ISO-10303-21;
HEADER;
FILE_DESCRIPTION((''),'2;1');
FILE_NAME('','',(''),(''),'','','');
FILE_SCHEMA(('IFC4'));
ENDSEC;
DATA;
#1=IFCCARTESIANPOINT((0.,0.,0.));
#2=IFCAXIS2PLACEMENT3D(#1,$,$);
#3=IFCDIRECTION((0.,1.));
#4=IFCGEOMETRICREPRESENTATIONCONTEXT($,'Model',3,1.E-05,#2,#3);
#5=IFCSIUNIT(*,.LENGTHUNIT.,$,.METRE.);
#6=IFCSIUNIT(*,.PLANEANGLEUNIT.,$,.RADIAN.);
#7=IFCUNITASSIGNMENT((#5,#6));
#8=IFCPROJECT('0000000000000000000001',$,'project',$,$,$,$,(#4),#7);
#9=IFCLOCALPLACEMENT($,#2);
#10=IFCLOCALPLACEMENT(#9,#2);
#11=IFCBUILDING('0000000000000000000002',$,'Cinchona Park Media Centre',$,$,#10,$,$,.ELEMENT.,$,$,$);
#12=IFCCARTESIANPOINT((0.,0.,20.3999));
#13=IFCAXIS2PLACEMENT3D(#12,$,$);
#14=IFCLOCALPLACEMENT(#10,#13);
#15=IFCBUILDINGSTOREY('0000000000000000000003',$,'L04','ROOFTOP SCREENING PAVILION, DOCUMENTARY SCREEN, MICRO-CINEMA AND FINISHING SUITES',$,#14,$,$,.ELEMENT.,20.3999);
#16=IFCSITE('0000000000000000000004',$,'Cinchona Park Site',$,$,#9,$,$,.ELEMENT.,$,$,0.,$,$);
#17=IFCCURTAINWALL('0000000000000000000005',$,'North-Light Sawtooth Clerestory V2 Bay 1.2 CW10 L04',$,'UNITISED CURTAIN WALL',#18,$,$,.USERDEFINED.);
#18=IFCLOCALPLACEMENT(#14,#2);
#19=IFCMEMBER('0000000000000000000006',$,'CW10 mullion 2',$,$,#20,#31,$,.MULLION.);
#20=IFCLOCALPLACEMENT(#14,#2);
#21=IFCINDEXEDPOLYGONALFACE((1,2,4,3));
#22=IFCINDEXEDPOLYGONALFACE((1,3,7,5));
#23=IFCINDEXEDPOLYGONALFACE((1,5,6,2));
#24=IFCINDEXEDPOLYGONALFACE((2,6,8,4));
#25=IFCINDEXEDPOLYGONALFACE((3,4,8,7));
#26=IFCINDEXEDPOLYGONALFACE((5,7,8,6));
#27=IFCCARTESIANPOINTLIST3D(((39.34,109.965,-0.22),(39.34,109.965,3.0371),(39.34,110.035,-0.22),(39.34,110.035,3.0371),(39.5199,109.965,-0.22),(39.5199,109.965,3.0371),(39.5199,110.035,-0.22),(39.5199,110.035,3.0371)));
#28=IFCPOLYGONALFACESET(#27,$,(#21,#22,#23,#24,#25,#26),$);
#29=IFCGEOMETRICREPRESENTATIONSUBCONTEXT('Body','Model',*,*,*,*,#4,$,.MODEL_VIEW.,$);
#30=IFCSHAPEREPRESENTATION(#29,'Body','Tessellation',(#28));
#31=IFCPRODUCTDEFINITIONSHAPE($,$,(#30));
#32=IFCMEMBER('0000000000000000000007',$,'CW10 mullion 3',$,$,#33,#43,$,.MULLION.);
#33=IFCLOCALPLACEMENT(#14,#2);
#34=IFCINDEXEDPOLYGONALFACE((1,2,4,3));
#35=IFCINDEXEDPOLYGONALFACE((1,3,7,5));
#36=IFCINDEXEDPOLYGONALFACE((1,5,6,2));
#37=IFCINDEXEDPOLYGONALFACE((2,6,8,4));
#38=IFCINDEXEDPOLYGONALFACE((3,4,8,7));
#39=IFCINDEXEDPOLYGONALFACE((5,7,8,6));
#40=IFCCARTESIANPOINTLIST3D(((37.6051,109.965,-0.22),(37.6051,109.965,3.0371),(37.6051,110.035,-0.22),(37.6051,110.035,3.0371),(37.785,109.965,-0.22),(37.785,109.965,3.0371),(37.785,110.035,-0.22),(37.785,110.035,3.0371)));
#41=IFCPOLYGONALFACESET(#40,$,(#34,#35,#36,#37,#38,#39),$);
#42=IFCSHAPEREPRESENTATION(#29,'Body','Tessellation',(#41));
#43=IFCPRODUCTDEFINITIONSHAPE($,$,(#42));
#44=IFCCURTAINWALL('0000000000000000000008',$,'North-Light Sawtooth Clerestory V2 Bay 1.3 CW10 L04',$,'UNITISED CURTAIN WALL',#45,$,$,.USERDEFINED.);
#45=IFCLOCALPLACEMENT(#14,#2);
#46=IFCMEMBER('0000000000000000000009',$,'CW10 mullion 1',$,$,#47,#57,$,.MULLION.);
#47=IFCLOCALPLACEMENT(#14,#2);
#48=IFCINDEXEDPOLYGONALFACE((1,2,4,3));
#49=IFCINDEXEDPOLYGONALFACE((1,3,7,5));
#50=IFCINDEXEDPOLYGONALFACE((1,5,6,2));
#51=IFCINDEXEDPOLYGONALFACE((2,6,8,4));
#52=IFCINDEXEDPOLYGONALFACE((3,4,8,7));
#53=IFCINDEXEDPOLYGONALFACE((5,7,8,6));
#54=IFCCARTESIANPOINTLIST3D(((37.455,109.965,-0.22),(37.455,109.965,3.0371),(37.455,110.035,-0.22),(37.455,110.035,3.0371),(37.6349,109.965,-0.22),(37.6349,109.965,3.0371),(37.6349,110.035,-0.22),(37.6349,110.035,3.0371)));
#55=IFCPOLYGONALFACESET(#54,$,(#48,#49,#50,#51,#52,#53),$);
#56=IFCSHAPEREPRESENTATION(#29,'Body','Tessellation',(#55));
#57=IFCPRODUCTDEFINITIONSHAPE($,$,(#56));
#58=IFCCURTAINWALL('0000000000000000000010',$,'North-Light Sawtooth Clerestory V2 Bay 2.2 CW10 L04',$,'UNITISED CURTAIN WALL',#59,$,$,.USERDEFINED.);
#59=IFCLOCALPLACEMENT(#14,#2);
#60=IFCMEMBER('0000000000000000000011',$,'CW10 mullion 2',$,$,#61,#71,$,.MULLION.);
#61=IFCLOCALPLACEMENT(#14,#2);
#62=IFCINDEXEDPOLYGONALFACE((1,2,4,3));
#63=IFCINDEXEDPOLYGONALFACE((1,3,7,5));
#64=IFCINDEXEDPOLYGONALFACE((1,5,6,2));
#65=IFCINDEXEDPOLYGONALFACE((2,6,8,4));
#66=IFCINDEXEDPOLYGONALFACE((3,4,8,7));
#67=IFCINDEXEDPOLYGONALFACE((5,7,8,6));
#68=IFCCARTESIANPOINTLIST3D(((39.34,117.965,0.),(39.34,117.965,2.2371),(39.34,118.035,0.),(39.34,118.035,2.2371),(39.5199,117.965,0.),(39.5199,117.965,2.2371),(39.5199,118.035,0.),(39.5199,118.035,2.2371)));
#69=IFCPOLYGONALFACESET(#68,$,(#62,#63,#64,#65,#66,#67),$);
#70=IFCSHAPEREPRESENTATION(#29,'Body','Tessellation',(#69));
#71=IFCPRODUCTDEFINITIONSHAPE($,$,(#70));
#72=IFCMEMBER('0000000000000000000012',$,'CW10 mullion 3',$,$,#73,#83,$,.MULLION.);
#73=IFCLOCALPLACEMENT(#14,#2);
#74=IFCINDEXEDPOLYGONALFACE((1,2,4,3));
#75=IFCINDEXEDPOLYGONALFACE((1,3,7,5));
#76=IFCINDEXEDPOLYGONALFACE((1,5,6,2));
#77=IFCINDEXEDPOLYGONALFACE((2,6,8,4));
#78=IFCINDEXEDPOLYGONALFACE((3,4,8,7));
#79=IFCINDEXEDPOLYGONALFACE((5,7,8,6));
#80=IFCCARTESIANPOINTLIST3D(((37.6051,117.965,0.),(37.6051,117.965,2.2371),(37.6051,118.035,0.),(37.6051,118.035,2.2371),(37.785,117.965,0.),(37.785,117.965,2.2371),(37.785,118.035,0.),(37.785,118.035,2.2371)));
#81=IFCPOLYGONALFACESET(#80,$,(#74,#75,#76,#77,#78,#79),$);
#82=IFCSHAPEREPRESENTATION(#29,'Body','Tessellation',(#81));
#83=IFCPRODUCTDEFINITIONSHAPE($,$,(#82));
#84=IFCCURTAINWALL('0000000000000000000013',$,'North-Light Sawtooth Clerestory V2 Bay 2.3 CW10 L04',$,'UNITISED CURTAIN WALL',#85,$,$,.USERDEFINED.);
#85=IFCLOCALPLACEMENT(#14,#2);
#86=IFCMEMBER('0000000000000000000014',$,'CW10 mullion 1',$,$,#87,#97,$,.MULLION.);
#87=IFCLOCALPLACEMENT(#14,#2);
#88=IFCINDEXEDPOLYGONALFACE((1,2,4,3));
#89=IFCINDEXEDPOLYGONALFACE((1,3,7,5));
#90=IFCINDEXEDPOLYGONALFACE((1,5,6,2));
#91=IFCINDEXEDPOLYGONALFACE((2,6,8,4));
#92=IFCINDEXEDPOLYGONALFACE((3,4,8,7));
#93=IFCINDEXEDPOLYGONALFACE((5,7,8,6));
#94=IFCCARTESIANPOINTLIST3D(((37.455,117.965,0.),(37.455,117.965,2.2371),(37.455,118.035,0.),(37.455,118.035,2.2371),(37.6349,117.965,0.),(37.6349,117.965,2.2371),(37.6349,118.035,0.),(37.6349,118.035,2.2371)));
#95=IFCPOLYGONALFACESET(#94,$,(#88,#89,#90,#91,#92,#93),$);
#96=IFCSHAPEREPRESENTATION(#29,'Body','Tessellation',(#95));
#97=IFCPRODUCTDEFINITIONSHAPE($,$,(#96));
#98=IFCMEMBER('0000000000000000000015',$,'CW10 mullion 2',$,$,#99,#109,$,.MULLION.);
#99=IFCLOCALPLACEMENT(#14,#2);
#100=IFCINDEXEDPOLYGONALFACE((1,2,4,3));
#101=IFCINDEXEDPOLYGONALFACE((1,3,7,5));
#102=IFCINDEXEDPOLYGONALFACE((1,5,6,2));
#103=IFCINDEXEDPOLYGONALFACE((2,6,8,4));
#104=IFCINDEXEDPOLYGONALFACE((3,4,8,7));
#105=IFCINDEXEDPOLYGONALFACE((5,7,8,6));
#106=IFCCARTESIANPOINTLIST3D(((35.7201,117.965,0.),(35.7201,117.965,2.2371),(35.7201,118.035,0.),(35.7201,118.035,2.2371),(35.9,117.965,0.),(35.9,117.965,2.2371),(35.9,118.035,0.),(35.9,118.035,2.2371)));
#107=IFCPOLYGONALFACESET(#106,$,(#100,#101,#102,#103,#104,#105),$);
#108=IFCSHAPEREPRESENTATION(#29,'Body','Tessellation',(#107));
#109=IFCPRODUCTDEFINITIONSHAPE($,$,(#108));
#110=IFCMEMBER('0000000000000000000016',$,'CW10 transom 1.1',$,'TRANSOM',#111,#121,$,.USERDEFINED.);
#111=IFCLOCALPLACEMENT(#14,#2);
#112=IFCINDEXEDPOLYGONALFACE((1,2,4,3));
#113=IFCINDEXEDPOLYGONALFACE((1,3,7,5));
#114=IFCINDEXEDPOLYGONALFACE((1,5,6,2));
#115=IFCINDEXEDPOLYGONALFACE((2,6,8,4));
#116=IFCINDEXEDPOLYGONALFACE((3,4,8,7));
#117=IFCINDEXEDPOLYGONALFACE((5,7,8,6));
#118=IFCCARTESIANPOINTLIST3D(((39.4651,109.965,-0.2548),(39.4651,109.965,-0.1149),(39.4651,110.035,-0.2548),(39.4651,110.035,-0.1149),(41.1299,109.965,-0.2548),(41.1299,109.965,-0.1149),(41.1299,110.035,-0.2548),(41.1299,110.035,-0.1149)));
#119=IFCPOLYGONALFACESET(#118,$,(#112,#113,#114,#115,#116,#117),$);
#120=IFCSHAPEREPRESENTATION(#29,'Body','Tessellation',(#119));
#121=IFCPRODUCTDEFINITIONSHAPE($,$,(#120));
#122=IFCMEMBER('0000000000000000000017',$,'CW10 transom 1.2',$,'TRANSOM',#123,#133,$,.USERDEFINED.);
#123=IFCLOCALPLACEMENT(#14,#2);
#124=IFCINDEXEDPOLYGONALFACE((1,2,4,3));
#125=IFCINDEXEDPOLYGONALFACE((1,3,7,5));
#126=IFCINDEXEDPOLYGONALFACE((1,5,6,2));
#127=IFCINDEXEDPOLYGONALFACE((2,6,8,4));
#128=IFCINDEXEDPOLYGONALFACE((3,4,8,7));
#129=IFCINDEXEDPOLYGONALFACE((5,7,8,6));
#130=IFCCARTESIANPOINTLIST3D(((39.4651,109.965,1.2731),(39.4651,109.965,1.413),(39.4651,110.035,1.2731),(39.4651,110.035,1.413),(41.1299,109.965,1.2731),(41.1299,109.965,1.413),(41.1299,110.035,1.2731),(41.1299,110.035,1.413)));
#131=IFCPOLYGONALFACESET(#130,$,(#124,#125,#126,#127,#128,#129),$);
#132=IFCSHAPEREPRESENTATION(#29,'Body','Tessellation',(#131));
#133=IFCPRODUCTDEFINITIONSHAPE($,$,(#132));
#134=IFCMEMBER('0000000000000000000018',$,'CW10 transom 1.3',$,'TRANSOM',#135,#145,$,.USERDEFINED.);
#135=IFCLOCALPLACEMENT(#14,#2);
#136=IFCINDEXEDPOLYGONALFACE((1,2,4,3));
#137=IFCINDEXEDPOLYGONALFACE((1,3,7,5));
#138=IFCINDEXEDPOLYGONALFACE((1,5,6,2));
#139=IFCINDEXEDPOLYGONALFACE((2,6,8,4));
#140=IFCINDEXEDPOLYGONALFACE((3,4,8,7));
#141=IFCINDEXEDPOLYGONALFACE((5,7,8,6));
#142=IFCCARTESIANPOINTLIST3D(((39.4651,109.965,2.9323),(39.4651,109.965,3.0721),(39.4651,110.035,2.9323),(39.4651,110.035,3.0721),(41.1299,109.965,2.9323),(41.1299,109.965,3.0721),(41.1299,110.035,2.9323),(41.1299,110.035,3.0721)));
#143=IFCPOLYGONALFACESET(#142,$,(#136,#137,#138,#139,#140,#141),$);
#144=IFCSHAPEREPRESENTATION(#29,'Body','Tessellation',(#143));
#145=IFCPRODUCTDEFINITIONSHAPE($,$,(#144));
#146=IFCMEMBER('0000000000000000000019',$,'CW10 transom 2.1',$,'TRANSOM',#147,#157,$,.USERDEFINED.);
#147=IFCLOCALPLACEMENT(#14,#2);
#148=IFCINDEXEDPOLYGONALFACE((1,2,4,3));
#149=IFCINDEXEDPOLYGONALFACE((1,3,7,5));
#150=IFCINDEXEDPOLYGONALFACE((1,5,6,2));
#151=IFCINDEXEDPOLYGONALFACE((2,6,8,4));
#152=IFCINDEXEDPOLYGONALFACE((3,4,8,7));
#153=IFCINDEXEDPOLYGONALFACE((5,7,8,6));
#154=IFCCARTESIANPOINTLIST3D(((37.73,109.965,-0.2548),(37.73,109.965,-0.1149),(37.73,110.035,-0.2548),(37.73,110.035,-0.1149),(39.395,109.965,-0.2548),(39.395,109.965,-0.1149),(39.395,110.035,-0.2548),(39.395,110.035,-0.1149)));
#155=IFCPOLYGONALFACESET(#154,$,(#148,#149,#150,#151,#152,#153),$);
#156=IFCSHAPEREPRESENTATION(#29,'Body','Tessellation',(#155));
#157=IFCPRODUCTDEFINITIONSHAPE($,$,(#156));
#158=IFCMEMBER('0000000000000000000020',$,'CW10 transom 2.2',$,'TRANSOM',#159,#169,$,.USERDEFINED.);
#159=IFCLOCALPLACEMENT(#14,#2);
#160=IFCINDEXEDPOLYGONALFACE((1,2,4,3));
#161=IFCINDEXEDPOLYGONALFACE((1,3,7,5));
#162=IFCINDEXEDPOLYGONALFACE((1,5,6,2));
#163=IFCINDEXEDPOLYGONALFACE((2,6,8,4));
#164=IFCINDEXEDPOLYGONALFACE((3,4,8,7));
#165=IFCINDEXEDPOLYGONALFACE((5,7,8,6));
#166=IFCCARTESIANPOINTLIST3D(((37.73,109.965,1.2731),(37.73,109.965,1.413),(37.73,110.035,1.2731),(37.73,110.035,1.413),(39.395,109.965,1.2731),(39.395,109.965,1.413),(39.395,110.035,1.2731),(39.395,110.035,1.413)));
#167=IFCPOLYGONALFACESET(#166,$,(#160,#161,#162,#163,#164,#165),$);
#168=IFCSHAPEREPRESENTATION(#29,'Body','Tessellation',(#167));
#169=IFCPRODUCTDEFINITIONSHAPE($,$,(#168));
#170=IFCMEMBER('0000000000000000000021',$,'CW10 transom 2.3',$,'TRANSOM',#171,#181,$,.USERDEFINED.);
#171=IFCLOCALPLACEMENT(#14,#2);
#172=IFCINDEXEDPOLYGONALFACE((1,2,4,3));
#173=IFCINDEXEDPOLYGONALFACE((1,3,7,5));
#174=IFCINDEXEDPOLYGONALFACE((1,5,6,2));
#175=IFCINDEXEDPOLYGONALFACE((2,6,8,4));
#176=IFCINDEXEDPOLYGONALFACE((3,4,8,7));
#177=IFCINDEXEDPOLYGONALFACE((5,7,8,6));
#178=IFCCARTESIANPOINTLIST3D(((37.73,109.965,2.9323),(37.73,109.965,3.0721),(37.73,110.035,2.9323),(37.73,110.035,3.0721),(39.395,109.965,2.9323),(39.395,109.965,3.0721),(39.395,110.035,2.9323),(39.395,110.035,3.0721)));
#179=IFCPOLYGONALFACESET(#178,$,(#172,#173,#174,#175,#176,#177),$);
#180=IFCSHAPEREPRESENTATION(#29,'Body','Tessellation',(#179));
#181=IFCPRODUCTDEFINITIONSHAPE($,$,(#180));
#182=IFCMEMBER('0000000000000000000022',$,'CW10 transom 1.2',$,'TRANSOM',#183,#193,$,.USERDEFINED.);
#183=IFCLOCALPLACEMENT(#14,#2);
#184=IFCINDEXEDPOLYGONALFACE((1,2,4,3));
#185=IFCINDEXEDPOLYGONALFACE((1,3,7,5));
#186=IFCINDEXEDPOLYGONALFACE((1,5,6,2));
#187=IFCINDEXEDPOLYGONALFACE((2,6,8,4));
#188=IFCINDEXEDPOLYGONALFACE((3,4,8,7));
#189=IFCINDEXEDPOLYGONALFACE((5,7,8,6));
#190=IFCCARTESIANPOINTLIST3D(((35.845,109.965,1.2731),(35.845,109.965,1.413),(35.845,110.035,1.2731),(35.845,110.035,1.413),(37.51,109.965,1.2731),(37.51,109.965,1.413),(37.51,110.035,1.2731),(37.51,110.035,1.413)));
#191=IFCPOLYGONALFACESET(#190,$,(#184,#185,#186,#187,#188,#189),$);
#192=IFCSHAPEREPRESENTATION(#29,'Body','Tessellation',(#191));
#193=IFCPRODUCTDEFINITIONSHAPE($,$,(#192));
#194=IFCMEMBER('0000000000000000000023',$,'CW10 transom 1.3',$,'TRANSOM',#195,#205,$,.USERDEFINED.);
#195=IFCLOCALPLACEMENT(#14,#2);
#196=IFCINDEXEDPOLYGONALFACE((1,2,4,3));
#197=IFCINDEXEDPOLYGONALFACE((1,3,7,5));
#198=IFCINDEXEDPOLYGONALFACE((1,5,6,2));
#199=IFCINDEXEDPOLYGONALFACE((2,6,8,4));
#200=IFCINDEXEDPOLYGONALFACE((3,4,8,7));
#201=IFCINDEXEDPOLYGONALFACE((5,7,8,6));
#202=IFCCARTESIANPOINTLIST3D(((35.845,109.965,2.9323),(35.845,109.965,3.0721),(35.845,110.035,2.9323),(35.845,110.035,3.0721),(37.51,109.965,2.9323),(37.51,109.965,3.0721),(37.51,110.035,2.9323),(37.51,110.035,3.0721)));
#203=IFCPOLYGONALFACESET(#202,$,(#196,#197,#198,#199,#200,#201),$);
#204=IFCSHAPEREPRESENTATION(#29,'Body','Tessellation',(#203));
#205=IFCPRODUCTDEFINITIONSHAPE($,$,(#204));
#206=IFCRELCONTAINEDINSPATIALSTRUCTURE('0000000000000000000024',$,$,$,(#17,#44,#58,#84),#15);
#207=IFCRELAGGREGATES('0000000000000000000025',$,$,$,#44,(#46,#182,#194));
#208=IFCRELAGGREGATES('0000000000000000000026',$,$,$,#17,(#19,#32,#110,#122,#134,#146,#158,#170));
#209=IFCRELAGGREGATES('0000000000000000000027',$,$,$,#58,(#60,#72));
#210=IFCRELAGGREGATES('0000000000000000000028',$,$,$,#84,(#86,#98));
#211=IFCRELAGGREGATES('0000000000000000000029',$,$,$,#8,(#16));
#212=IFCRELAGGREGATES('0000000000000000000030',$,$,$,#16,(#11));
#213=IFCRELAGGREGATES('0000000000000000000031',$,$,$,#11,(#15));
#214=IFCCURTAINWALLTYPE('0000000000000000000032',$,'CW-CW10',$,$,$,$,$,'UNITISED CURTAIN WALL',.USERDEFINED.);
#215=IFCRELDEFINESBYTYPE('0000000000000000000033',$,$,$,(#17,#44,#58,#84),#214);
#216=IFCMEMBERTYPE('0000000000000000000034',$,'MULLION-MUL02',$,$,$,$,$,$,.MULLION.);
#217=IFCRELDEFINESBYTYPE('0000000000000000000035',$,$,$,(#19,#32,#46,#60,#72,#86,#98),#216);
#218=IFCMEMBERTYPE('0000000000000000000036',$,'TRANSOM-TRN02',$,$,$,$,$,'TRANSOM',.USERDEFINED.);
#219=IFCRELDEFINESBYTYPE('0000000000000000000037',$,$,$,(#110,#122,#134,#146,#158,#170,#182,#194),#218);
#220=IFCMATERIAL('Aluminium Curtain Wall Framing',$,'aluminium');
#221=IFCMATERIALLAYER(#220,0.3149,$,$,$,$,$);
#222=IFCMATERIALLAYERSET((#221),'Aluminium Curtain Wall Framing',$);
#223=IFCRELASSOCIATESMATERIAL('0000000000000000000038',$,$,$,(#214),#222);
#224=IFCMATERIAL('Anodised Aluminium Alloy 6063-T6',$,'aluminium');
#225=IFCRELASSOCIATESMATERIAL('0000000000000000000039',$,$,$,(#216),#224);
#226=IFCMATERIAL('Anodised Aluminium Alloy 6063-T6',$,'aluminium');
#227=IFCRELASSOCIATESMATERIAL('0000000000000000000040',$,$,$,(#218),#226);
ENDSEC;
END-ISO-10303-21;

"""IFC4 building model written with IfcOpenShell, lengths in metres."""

from ifc_helpers import new_model, si_unit, direction, frame, origin, origin_2d, place, context, subcontext, project, spatial, rectangle, extrude, material, layer, layer_set, material_profile, profile_set, type_object, element, aggregate, save


model = new_model("IFC4")

# Units and contexts
model_context = context("Model", 3, precision=1e-05, world=origin(), true_north=direction((0.0, 1.0)))
body_context = subcontext(model_context, "Body", "Model", "MODEL_VIEW")
ifc_project = project(units=[si_unit("LENGTHUNIT", "METRE"), si_unit("PLANEANGLEUNIT", "RADIAN")], contexts=[model_context])

# Site, building, storey
site_placement = place(None, origin())
site = spatial("IfcSite", under=ifc_project, at=site_placement, Name="Cinchona Park Site", CompositionType="ELEMENT", RefElevation=0.0)
building_placement = place(site_placement, origin())
building = spatial("IfcBuilding", under=site, at=building_placement, Name="Cinchona Park Media Centre", CompositionType="ELEMENT")
storey_placement = place(building_placement, frame((0.0, 0.0, 20.3999)))
storey = spatial("IfcBuildingStorey", under=building, at=storey_placement, Name="L04", Description="ROOFTOP SCREENING PAVILION, DOCUMENTARY SCREEN, MICRO-CINEMA AND FINISHING SUITES", CompositionType="ELEMENT", Elevation=20.3999)

# Curtain wall, members
ifc_material_1 = material(Name="Aluminium Curtain Wall Framing", Category="aluminium")
ifc_layer_1 = layer(ifc_material_1, 0.3149)
ifc_layer_set_1 = layer_set([ifc_layer_1], Name="Aluminium Curtain Wall Framing")
curtain_wall_type = type_object("IfcCurtainWallType", Name="CW-CW10", ElementType="UNITISED CURTAIN WALL", PredefinedType="USERDEFINED", material=ifc_layer_set_1)
curtain_wall_1_placement = place(storey_placement, origin())
curtain_wall_1 = element("IfcCurtainWall", 1, at=curtain_wall_1_placement, inside=storey, type_object=curtain_wall_type, Name="North-Light Sawtooth Clerestory V2 Bay 1.2 CW10 L04", ObjectType="UNITISED CURTAIN WALL", PredefinedType="USERDEFINED")
ifc_material_2 = material(Name="Anodised Aluminium Alloy 6063-T6", Category="aluminium")
ifc_material_profile_1 = material_profile(ifc_material_2, rectangle(XDim=0.0701, YDim=0.1799, at=origin_2d()), Name="MUL-70X180")
ifc_profile_set_1 = profile_set([ifc_material_profile_1], Name="Anodised Aluminium Alloy 6063-T6")
member_type_1 = type_object("IfcMemberType", Name="MULLION-MUL02", PredefinedType="MULLION", material=ifc_profile_set_1)
member_1_placement = place(storey_placement, frame((39.4299, 110.0, -0.22), z_axis=(0.0, 0.0, 1.0), x_axis=(0.0, -1.0, 0.0)))
member_1 = element("IfcMember", 2, at=member_1_placement, type_object=member_type_1, Name="CW10 mullion 2", PredefinedType="MULLION", context=body_context, shape_type="SweptSolid", body=[
    extrude(rectangle(XDim=0.0701, YDim=0.1799, at=origin_2d()), origin(), (0.0, 0.0, 1.0), 3.2571),
])
member_2_placement = place(storey_placement, frame((37.6951, 110.0, -0.22), z_axis=(0.0, 0.0, 1.0), x_axis=(0.0, -1.0, 0.0)))
member_2 = element("IfcMember", 3, at=member_2_placement, type_object=member_type_1, Name="CW10 mullion 3", PredefinedType="MULLION", context=body_context, shape_type="SweptSolid", body=[
    extrude(rectangle(XDim=0.0701, YDim=0.1799, at=origin_2d()), origin(), (0.0, 0.0, 1.0), 3.2571),
])

# Curtain wall, member
curtain_wall_2_placement = place(storey_placement, origin())
curtain_wall_2 = element("IfcCurtainWall", 4, at=curtain_wall_2_placement, inside=storey, type_object=curtain_wall_type, Name="North-Light Sawtooth Clerestory V2 Bay 1.3 CW10 L04", ObjectType="UNITISED CURTAIN WALL", PredefinedType="USERDEFINED")
member_3_placement = place(storey_placement, frame((37.5449, 110.0, -0.22), z_axis=(0.0, 0.0, 1.0), x_axis=(0.0, -1.0, 0.0)))
member_3 = element("IfcMember", 5, at=member_3_placement, type_object=member_type_1, Name="CW10 mullion 1", PredefinedType="MULLION", context=body_context, shape_type="SweptSolid", body=[
    extrude(rectangle(XDim=0.0701, YDim=0.1799, at=origin_2d()), origin(), (0.0, 0.0, 1.0), 3.2571),
])

# Curtain walls, members
curtain_wall_3_placement = place(storey_placement, origin())
curtain_wall_3 = element("IfcCurtainWall", 6, at=curtain_wall_3_placement, inside=storey, type_object=curtain_wall_type, Name="North-Light Sawtooth Clerestory V2 Bay 2.2 CW10 L04", ObjectType="UNITISED CURTAIN WALL", PredefinedType="USERDEFINED")
member_4_placement = place(storey_placement, frame((39.4299, 118.0, 0.0), z_axis=(0.0, 0.0, 1.0), x_axis=(0.0, -1.0, 0.0)))
member_4 = element("IfcMember", 7, at=member_4_placement, type_object=member_type_1, Name="CW10 mullion 2", PredefinedType="MULLION", context=body_context, shape_type="SweptSolid", body=[
    extrude(rectangle(XDim=0.0701, YDim=0.1799, at=origin_2d()), origin(), (0.0, 0.0, 1.0), 2.2371),
])
member_5_placement = place(storey_placement, frame((37.6951, 118.0, 0.0), z_axis=(0.0, 0.0, 1.0), x_axis=(0.0, -1.0, 0.0)))
member_5 = element("IfcMember", 8, at=member_5_placement, type_object=member_type_1, Name="CW10 mullion 3", PredefinedType="MULLION", context=body_context, shape_type="SweptSolid", body=[
    extrude(rectangle(XDim=0.0701, YDim=0.1799, at=origin_2d()), origin(), (0.0, 0.0, 1.0), 2.2371),
])
curtain_wall_4_placement = place(storey_placement, origin())
curtain_wall_4 = element("IfcCurtainWall", 9, at=curtain_wall_4_placement, inside=storey, type_object=curtain_wall_type, Name="North-Light Sawtooth Clerestory V2 Bay 2.3 CW10 L04", ObjectType="UNITISED CURTAIN WALL", PredefinedType="USERDEFINED")
member_6_placement = place(storey_placement, frame((37.5449, 118.0, 0.0), z_axis=(0.0, 0.0, 1.0), x_axis=(0.0, -1.0, 0.0)))
member_6 = element("IfcMember", 10, at=member_6_placement, type_object=member_type_1, Name="CW10 mullion 1", PredefinedType="MULLION", context=body_context, shape_type="SweptSolid", body=[
    extrude(rectangle(XDim=0.0701, YDim=0.1799, at=origin_2d()), origin(), (0.0, 0.0, 1.0), 2.2371),
])
member_7_placement = place(storey_placement, frame((35.8101, 118.0, 0.0), z_axis=(0.0, 0.0, 1.0), x_axis=(0.0, -1.0, 0.0)))
member_7 = element("IfcMember", 11, at=member_7_placement, type_object=member_type_1, Name="CW10 mullion 2", PredefinedType="MULLION", context=body_context, shape_type="SweptSolid", body=[
    extrude(rectangle(XDim=0.0701, YDim=0.1799, at=origin_2d()), origin(), (0.0, 0.0, 1.0), 2.2371),
])

# Members
ifc_material_3 = material(Name="Anodised Aluminium Alloy 6063-T6", Category="aluminium")
ifc_material_profile_2 = material_profile(ifc_material_3, rectangle(XDim=0.0701, YDim=0.1399, at=origin_2d()), Name="TRN-70X140")
ifc_profile_set_2 = profile_set([ifc_material_profile_2], Name="Anodised Aluminium Alloy 6063-T6")
member_type_2 = type_object("IfcMemberType", Name="TRANSOM-TRN02", ElementType="TRANSOM", PredefinedType="USERDEFINED", material=ifc_profile_set_2)
member_8_placement = place(storey_placement, frame((41.1299, 110.0, -0.1848), z_axis=(-1.0, 0.0, 0.0), x_axis=(0.0, -1.0, 0.0)))
member_8 = element("IfcMember", 12, at=member_8_placement, type_object=member_type_2, Name="CW10 transom 1.1", ObjectType="TRANSOM", PredefinedType="USERDEFINED", context=body_context, shape_type="SweptSolid", body=[
    extrude(rectangle(XDim=0.0701, YDim=0.1399, at=origin_2d()), origin(), (0.0, 0.0, 1.0), 1.6648),
])
member_9_placement = place(storey_placement, frame((41.1299, 110.0, 1.343), z_axis=(-1.0, 0.0, 0.0), x_axis=(0.0, -1.0, 0.0)))
member_9 = element("IfcMember", 13, at=member_9_placement, type_object=member_type_2, Name="CW10 transom 1.2", ObjectType="TRANSOM", PredefinedType="USERDEFINED", context=body_context, shape_type="SweptSolid", body=[
    extrude(rectangle(XDim=0.0701, YDim=0.1399, at=origin_2d()), origin(), (0.0, 0.0, 1.0), 1.6648),
])
member_10_placement = place(storey_placement, frame((41.1299, 110.0, 3.0022), z_axis=(-1.0, 0.0, 0.0), x_axis=(0.0, -1.0, 0.0)))
member_10 = element("IfcMember", 14, at=member_10_placement, type_object=member_type_2, Name="CW10 transom 1.3", ObjectType="TRANSOM", PredefinedType="USERDEFINED", context=body_context, shape_type="SweptSolid", body=[
    extrude(rectangle(XDim=0.0701, YDim=0.1399, at=origin_2d()), origin(), (0.0, 0.0, 1.0), 1.6648),
])
member_11_placement = place(storey_placement, frame((39.395, 110.0, -0.1848), z_axis=(-1.0, 0.0, 0.0), x_axis=(0.0, -1.0, 0.0)))
member_11 = element("IfcMember", 15, at=member_11_placement, type_object=member_type_2, Name="CW10 transom 2.1", ObjectType="TRANSOM", PredefinedType="USERDEFINED", context=body_context, shape_type="SweptSolid", body=[
    extrude(rectangle(XDim=0.0701, YDim=0.1399, at=origin_2d()), origin(), (0.0, 0.0, 1.0), 1.665),
])
member_12_placement = place(storey_placement, frame((39.395, 110.0, 1.343), z_axis=(-1.0, 0.0, 0.0), x_axis=(0.0, -1.0, 0.0)))
member_12 = element("IfcMember", 16, at=member_12_placement, type_object=member_type_2, Name="CW10 transom 2.2", ObjectType="TRANSOM", PredefinedType="USERDEFINED", context=body_context, shape_type="SweptSolid", body=[
    extrude(rectangle(XDim=0.0701, YDim=0.1399, at=origin_2d()), origin(), (0.0, 0.0, 1.0), 1.665),
])
member_13_placement = place(storey_placement, frame((39.395, 110.0, 3.0022), z_axis=(-1.0, 0.0, 0.0), x_axis=(0.0, -1.0, 0.0)))
member_13 = element("IfcMember", 17, at=member_13_placement, type_object=member_type_2, Name="CW10 transom 2.3", ObjectType="TRANSOM", PredefinedType="USERDEFINED", context=body_context, shape_type="SweptSolid", body=[
    extrude(rectangle(XDim=0.0701, YDim=0.1399, at=origin_2d()), origin(), (0.0, 0.0, 1.0), 1.665),
])
member_14_placement = place(storey_placement, frame((37.51, 110.0, 1.343), z_axis=(-1.0, 0.0, 0.0), x_axis=(0.0, -1.0, 0.0)))
member_14 = element("IfcMember", 18, at=member_14_placement, type_object=member_type_2, Name="CW10 transom 1.2", ObjectType="TRANSOM", PredefinedType="USERDEFINED", context=body_context, shape_type="SweptSolid", body=[
    extrude(rectangle(XDim=0.0701, YDim=0.1399, at=origin_2d()), origin(), (0.0, 0.0, 1.0), 1.665),
])
member_15_placement = place(storey_placement, frame((37.51, 110.0, 3.0022), z_axis=(-1.0, 0.0, 0.0), x_axis=(0.0, -1.0, 0.0)))
member_15 = element("IfcMember", 19, at=member_15_placement, type_object=member_type_2, Name="CW10 transom 1.3", ObjectType="TRANSOM", PredefinedType="USERDEFINED", context=body_context, shape_type="SweptSolid", body=[
    extrude(rectangle(XDim=0.0701, YDim=0.1399, at=origin_2d()), origin(), (0.0, 0.0, 1.0), 1.665),
])
aggregate(curtain_wall_2, [member_3, member_14, member_15])

aggregate(curtain_wall_1, [member_1, member_2, member_8, member_9, member_10, member_11, member_12, member_13])
aggregate(curtain_wall_3, [member_4, member_5])
aggregate(curtain_wall_4, [member_6, member_7])

save(model, "model.ifc")
